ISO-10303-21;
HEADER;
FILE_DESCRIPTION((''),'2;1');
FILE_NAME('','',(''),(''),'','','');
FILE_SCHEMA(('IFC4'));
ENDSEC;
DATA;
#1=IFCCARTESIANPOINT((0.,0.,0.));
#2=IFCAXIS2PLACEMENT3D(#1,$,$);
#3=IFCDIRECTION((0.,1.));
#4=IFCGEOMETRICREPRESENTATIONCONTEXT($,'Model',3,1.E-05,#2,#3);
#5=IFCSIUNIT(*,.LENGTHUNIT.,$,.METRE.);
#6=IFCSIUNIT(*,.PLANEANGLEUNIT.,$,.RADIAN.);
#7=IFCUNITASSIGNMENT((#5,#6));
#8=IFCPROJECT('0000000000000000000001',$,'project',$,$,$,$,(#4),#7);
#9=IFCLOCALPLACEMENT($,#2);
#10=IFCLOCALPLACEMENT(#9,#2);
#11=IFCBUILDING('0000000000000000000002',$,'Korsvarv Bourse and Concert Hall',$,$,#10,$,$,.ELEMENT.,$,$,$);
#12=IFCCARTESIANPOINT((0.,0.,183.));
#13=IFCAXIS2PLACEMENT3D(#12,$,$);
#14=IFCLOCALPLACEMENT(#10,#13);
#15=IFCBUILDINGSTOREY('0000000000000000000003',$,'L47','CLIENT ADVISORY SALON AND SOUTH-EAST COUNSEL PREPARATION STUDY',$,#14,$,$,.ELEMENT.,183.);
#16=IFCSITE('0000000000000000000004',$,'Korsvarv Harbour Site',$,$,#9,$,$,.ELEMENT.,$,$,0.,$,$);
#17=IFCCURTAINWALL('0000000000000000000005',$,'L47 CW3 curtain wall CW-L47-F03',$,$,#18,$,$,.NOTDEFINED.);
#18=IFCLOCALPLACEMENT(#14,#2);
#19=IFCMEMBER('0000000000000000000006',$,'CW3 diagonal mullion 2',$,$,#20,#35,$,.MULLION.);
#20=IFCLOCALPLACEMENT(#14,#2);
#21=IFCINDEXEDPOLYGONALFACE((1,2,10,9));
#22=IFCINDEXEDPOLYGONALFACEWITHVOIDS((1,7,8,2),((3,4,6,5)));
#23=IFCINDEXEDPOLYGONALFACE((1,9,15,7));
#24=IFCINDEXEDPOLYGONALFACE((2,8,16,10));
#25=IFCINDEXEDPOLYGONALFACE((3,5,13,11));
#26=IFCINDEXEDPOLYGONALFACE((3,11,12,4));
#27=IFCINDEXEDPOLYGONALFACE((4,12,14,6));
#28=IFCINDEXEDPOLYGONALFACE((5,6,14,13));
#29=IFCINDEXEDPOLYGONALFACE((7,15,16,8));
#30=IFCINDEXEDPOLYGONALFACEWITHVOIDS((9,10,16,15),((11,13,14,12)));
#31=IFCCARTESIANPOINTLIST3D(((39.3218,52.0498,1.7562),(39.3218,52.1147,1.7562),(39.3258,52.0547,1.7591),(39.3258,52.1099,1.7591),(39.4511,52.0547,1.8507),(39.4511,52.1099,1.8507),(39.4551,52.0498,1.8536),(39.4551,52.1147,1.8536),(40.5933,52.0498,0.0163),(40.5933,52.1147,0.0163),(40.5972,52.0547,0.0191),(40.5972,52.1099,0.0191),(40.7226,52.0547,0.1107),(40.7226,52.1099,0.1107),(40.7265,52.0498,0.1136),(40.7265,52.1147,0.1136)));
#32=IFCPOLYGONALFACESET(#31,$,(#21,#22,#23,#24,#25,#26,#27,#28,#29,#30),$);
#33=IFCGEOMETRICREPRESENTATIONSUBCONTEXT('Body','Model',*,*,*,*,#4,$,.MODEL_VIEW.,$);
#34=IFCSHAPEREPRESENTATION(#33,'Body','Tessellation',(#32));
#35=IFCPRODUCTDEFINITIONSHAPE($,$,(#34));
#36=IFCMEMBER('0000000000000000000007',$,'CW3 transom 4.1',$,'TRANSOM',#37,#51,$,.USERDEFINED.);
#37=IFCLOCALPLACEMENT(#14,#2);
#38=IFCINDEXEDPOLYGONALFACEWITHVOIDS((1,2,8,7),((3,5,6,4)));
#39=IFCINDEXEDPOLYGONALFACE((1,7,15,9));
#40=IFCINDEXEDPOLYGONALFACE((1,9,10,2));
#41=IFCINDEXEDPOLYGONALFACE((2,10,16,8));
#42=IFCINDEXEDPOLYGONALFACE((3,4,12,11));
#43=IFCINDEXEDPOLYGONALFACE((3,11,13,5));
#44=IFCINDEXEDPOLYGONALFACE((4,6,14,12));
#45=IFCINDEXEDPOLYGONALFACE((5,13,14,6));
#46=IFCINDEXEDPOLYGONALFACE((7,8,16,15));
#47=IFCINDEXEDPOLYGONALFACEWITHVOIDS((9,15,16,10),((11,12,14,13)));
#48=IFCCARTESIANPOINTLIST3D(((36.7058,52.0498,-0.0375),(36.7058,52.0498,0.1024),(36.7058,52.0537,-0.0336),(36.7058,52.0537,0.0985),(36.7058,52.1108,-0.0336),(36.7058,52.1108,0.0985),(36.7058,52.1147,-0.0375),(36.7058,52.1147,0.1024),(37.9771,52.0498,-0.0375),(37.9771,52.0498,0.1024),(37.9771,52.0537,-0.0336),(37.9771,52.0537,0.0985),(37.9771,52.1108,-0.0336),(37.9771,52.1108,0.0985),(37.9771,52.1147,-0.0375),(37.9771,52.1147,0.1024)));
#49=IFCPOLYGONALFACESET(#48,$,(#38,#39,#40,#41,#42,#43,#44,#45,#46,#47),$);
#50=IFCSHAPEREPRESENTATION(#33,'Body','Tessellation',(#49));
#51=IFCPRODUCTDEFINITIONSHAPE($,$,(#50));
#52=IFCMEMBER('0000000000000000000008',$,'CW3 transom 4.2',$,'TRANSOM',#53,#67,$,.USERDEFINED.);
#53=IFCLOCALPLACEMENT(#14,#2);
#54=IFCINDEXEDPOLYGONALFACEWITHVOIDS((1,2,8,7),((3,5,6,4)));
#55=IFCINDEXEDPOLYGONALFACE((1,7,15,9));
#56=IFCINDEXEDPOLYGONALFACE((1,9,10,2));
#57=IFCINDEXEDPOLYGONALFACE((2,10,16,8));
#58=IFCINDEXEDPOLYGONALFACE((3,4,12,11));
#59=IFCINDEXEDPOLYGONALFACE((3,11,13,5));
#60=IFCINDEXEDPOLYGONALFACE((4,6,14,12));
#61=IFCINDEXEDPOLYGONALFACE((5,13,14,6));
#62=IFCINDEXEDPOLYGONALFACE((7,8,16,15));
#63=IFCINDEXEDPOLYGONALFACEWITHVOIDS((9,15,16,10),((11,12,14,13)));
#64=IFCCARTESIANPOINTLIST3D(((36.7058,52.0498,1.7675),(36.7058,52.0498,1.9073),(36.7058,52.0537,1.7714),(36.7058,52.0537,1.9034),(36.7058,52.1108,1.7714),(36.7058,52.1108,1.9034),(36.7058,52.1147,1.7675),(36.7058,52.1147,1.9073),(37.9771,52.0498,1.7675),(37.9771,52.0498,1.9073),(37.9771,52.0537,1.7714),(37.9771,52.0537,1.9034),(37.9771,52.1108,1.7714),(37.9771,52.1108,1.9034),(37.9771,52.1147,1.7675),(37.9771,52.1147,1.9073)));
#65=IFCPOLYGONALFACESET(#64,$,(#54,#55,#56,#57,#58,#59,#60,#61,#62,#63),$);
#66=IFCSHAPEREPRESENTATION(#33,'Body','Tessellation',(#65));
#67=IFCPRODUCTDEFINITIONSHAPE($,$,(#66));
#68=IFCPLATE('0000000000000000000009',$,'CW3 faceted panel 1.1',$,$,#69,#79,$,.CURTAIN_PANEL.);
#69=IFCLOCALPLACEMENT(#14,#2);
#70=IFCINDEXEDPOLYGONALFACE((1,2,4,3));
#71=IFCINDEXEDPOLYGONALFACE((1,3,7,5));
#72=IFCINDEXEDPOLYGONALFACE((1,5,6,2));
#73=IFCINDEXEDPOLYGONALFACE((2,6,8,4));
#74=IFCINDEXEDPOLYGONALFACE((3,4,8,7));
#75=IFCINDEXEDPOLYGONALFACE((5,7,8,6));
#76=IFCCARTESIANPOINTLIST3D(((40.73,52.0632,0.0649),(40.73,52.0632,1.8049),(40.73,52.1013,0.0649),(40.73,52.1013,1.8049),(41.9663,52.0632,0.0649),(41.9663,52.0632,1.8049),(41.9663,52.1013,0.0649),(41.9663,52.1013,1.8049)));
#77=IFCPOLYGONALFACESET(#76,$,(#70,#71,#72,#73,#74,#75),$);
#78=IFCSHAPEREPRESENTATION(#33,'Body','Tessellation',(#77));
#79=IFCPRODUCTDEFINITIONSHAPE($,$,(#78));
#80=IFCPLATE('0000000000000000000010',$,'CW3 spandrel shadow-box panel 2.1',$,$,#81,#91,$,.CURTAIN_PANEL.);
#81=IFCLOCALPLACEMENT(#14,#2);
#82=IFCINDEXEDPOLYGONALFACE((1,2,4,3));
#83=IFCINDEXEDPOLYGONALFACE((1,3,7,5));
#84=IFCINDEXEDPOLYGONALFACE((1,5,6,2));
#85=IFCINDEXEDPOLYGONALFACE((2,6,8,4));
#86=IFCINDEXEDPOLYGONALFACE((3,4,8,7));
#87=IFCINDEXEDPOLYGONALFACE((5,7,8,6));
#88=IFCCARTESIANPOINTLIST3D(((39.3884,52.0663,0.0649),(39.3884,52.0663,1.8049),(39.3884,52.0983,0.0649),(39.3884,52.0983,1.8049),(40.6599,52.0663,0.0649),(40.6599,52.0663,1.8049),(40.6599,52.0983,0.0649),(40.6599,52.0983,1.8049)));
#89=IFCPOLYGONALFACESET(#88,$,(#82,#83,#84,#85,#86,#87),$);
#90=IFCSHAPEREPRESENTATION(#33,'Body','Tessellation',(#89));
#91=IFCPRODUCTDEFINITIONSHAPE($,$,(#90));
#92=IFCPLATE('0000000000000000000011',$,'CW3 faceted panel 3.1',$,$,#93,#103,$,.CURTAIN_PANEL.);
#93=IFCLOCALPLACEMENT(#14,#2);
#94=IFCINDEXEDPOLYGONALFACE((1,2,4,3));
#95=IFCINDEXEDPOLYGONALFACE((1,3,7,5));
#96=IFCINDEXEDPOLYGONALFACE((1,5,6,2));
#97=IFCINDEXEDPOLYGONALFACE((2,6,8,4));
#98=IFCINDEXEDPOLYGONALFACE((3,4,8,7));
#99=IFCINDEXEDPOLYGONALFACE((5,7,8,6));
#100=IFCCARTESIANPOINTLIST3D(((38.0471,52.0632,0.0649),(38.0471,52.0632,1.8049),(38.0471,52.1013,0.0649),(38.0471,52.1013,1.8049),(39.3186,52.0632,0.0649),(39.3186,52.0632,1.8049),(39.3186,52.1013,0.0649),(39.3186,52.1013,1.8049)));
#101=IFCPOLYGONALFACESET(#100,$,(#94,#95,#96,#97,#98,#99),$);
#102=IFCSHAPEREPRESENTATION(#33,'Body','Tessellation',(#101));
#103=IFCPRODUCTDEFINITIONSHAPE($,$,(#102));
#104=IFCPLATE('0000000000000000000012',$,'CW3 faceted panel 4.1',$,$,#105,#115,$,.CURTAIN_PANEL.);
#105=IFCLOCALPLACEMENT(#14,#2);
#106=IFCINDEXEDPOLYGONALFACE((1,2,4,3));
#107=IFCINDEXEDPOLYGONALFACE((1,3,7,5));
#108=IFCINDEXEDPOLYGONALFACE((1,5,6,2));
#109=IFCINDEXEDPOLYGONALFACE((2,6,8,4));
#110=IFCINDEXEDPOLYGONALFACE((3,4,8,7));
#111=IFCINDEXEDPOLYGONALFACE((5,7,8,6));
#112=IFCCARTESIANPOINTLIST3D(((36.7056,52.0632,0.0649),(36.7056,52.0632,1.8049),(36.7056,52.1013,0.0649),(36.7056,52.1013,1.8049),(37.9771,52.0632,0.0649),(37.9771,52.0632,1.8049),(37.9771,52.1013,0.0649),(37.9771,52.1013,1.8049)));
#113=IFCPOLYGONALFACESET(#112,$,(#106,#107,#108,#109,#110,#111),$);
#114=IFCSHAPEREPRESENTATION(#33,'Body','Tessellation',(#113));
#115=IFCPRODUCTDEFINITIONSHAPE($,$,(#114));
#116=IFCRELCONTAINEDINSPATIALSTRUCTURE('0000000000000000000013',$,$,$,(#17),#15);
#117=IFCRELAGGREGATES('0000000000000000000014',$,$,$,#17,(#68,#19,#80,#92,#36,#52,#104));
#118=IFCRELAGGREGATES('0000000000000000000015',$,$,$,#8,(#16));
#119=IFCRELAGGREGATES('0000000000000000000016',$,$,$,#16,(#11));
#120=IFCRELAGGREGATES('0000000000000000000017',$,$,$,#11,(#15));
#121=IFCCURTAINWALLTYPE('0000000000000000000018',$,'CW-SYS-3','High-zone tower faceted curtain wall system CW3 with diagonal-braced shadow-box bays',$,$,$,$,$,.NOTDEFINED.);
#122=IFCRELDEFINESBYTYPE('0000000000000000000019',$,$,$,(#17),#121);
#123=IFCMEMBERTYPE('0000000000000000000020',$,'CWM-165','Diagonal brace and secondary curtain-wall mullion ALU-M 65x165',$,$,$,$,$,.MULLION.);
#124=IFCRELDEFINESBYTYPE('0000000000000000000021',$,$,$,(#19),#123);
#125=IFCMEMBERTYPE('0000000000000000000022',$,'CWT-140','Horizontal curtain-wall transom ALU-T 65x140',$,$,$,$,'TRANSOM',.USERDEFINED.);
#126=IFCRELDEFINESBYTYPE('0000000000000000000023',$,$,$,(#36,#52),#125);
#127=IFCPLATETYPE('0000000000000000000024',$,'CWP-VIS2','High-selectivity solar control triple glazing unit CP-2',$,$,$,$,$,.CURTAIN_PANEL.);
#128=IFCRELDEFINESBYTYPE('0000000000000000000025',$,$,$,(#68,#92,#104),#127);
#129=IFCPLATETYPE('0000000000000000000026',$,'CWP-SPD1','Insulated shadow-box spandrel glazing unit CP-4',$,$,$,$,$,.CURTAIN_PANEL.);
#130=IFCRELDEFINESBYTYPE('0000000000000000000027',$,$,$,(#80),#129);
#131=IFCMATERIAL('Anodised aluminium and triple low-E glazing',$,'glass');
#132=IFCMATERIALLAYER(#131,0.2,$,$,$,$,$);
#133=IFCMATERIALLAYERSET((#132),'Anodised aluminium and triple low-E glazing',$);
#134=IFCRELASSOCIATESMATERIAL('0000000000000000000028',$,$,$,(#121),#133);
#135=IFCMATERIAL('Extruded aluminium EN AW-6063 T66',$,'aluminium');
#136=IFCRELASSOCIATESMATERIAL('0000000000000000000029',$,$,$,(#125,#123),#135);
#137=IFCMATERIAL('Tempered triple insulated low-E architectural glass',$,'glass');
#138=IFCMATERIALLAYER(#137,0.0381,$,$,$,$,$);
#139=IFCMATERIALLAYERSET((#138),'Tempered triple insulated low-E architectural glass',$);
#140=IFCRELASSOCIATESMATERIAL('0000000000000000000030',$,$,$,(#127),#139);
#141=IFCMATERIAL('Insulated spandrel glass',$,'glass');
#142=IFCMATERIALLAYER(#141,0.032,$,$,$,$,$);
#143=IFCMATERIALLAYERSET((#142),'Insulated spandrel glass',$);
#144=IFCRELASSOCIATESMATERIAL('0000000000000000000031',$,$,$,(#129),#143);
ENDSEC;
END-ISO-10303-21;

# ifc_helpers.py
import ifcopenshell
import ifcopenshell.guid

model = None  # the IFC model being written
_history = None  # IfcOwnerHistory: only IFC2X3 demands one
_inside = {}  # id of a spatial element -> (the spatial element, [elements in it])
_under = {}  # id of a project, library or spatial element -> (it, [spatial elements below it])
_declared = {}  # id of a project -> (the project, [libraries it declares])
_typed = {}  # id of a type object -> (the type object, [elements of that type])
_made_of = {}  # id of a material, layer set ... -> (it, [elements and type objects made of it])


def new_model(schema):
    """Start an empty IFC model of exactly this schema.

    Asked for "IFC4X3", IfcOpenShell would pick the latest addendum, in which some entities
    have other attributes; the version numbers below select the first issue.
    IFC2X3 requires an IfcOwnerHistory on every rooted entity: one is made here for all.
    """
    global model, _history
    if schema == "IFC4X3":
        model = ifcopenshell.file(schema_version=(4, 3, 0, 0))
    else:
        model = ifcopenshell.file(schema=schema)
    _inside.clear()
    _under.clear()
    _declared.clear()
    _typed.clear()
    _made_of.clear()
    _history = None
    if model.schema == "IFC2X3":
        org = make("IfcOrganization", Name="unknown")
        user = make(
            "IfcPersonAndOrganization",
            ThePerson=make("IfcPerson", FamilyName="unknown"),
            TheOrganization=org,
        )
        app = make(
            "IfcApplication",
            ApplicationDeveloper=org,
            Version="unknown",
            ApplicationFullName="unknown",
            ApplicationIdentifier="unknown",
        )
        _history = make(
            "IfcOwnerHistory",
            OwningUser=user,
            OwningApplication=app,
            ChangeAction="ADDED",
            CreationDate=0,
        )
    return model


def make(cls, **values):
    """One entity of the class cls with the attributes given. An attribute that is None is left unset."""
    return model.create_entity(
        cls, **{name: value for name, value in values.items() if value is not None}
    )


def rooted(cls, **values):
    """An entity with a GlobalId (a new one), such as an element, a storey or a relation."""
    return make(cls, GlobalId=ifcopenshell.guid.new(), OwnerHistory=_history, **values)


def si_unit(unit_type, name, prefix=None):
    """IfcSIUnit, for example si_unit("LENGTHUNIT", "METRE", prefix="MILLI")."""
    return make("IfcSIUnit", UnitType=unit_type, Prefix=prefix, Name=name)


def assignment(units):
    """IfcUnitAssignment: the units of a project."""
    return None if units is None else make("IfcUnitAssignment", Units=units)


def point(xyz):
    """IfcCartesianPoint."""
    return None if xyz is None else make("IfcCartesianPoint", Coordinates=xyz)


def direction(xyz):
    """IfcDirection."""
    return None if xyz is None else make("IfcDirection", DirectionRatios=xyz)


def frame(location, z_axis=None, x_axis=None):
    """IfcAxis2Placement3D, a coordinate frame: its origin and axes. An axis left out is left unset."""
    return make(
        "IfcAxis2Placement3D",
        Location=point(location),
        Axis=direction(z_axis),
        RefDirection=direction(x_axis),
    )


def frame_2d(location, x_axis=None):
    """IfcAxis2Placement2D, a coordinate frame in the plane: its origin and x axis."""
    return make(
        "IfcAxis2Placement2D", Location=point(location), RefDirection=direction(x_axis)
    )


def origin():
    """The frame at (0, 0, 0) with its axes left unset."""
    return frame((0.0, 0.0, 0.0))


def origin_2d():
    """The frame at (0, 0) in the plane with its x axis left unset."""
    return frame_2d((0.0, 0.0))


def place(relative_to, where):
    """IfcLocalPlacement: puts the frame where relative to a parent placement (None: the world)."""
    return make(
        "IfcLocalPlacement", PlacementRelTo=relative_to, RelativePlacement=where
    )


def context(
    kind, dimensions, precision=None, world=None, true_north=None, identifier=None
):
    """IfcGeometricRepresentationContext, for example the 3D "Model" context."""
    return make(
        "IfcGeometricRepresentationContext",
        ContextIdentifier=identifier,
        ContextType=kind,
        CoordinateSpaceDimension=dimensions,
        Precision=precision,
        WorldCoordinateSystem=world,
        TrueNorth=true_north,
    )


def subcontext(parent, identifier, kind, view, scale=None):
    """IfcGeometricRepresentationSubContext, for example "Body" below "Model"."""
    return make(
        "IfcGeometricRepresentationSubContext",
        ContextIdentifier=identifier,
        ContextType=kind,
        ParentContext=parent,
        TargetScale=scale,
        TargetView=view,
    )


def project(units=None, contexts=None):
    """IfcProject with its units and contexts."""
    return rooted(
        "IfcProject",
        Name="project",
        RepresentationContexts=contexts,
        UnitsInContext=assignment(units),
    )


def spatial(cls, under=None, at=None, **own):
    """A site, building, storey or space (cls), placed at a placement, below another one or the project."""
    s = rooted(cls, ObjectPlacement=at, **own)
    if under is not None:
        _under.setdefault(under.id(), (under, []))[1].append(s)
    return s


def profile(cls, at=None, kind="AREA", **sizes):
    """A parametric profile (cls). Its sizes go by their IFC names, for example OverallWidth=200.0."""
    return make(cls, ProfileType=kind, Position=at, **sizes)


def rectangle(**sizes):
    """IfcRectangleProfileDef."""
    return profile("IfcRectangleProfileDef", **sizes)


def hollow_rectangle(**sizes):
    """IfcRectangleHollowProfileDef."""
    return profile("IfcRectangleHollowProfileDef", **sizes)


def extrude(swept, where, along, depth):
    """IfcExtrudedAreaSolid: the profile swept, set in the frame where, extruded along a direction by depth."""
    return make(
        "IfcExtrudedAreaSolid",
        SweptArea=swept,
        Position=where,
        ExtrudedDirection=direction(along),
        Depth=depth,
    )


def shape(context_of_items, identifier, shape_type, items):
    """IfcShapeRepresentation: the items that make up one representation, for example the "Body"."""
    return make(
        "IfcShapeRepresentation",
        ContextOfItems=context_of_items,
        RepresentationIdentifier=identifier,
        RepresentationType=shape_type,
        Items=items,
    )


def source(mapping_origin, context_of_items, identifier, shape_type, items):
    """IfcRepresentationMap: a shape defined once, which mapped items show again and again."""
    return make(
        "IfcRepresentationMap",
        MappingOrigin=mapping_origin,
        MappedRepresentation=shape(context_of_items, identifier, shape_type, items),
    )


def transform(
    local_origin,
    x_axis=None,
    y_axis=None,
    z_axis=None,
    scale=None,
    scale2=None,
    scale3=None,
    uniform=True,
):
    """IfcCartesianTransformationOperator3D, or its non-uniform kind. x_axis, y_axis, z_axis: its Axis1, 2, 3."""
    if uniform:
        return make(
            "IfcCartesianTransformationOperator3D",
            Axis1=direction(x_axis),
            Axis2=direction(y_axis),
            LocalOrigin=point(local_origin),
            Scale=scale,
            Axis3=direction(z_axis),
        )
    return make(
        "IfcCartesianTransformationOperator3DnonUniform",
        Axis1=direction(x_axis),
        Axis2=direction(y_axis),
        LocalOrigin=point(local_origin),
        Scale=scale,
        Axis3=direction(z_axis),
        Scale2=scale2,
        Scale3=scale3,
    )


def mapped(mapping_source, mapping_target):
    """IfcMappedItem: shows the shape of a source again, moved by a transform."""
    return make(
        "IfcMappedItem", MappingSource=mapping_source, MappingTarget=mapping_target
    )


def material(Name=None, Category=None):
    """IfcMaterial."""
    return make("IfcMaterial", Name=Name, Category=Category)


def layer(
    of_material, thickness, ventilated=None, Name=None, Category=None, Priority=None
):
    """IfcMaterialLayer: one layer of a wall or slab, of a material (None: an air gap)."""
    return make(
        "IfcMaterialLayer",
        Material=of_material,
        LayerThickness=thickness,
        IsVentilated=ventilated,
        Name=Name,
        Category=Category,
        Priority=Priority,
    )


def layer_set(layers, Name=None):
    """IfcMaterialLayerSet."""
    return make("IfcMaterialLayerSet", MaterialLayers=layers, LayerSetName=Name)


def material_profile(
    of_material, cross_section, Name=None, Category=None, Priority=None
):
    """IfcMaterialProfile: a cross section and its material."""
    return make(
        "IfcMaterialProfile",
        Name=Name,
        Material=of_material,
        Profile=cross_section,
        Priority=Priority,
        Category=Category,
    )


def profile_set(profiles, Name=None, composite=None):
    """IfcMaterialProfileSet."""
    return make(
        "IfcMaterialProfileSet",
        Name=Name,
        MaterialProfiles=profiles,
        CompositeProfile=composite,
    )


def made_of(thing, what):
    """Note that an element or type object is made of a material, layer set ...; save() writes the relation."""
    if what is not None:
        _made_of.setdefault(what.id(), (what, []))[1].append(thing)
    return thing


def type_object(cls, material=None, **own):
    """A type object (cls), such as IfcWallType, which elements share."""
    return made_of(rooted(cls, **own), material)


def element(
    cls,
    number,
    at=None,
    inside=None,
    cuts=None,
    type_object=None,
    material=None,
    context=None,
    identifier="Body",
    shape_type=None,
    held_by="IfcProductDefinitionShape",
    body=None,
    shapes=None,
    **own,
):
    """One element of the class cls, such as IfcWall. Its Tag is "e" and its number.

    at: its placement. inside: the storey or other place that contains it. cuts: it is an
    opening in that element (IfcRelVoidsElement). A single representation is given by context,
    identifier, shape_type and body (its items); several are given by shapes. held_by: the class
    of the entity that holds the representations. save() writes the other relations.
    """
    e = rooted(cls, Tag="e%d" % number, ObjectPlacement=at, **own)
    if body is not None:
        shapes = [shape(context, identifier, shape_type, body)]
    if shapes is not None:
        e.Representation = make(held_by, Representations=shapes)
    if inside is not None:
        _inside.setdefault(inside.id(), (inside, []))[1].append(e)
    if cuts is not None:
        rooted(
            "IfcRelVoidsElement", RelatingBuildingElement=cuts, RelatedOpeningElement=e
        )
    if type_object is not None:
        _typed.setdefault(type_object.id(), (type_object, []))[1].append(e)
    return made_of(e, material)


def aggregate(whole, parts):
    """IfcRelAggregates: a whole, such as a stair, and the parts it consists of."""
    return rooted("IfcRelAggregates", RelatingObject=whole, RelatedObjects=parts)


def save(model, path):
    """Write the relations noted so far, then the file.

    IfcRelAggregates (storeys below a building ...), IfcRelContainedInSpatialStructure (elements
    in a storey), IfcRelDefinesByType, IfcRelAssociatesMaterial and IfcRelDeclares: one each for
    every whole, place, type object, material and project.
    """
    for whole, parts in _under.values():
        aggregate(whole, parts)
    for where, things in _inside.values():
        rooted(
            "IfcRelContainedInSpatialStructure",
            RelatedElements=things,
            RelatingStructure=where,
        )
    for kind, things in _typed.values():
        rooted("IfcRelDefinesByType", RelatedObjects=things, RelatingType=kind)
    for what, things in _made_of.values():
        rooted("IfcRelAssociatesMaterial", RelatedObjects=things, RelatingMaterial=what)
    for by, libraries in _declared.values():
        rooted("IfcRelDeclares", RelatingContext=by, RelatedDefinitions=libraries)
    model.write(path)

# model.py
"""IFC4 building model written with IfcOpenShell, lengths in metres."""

from ifc_helpers import new_model, si_unit, direction, frame, origin, origin_2d, place, context, subcontext, project, spatial, rectangle, hollow_rectangle, extrude, source, transform, mapped, material, layer, layer_set, material_profile, profile_set, type_object, element, aggregate, save


model = new_model("IFC4")

# Units and contexts
model_context = context("Model", 3, precision=1e-05, world=origin(), true_north=direction((0.0, 1.0)))
body_context = subcontext(model_context, "Body", "Model", "MODEL_VIEW")
ifc_project = project(units=[si_unit("LENGTHUNIT", "METRE"), si_unit("PLANEANGLEUNIT", "RADIAN")], contexts=[model_context])

# Site, building, storey
site_placement = place(None, origin())
site = spatial("IfcSite", under=ifc_project, at=site_placement, Name="Korsvarv Harbour Site", CompositionType="ELEMENT", RefElevation=0.0)
building_placement = place(site_placement, origin())
building = spatial("IfcBuilding", under=site, at=building_placement, Name="Korsvarv Bourse and Concert Hall", CompositionType="ELEMENT")
storey_placement = place(building_placement, frame((0.0, 0.0, 183.0)))
storey = spatial("IfcBuildingStorey", under=building, at=storey_placement, Name="L47", Description="CLIENT ADVISORY SALON AND SOUTH-EAST COUNSEL PREPARATION STUDY", CompositionType="ELEMENT", Elevation=183.0)

# Curtain wall, members, plates
ifc_material_1 = material(Name="Anodised aluminium and triple low-E glazing", Category="glass")
ifc_layer_1 = layer(ifc_material_1, 0.2)
ifc_layer_set_1 = layer_set([ifc_layer_1], Name="Anodised aluminium and triple low-E glazing")
curtain_wall_type = type_object("IfcCurtainWallType", Name="CW-SYS-3", Description="High-zone tower faceted curtain wall system CW3 with diagonal-braced shadow-box bays", PredefinedType="NOTDEFINED", material=ifc_layer_set_1)
curtain_wall_placement = place(storey_placement, origin())
curtain_wall = element("IfcCurtainWall", 1, at=curtain_wall_placement, inside=storey, type_object=curtain_wall_type, Name="L47 CW3 curtain wall CW-L47-F03", PredefinedType="NOTDEFINED")
ifc_material_2 = material(Name="Extruded aluminium EN AW-6063 T66", Category="aluminium")
ifc_material_profile_1 = material_profile(ifc_material_2, hollow_rectangle(XDim=0.0649, YDim=0.1399, WallThickness=0.0039, at=origin_2d()), Name="ALU-T 65x140")
ifc_profile_set_1 = profile_set([ifc_material_profile_1], Name="Extruded aluminium EN AW-6063 T66")
member_type_1 = type_object("IfcMemberType", Name="CWT-140", Description="Horizontal curtain-wall transom ALU-T 65x140", ElementType="TRANSOM", PredefinedType="USERDEFINED", material=ifc_profile_set_1)
ifc_material_profile_2 = material_profile(ifc_material_2, hollow_rectangle(XDim=0.0649, YDim=0.165, WallThickness=0.0049, at=origin_2d()), Name="ALU-M 65x165")
ifc_profile_set_2 = profile_set([ifc_material_profile_2], Name="Extruded aluminium EN AW-6063 T66")
member_type_2 = type_object("IfcMemberType", Name="CWM-165", Description="Diagonal brace and secondary curtain-wall mullion ALU-M 65x165", PredefinedType="MULLION", material=ifc_profile_set_2)
shared_shape_1 = source(origin(), body_context, "Body", "SweptSolid", [
    extrude(hollow_rectangle(XDim=0.0649, YDim=0.165, WallThickness=0.0049, at=origin_2d()), origin(), (0.0, 0.0, 1.0), 2.155),
])
member_1_placement = place(storey_placement, frame((40.6599, 52.0823, 0.0649), z_axis=(-0.590002, 0.0, 0.807402), x_axis=(0.0, -1.0, 0.0)))
member_1 = element("IfcMember", 2, at=member_1_placement, type_object=member_type_2, Name="CW3 diagonal mullion 2", PredefinedType="MULLION", context=body_context, shape_type="MappedRepresentation", body=[
    mapped(shared_shape_1, transform((0.0, 0.0, 0.0), scale=1.0)),
])
shared_shape_2 = source(origin(), body_context, "Body", "SweptSolid", [
    extrude(hollow_rectangle(XDim=0.0649, YDim=0.1399, WallThickness=0.0039, at=origin_2d()), origin(), (0.0, 0.0, 1.0), 1.2712),
])
member_2_placement = place(storey_placement, frame((37.9771, 52.0823, 0.0325), z_axis=(-1.0, 0.0, 0.0), x_axis=(0.0, -1.0, 0.0)))
member_2 = element("IfcMember", 3, at=member_2_placement, type_object=member_type_1, Name="CW3 transom 4.1", ObjectType="TRANSOM", PredefinedType="USERDEFINED", context=body_context, shape_type="MappedRepresentation", body=[
    mapped(shared_shape_2, transform((0.0, 0.0, 0.0), scale=1.0)),
])
member_3_placement = place(storey_placement, frame((37.9771, 52.0823, 1.8374), z_axis=(-1.0, 0.0, 0.0), x_axis=(0.0, -1.0, 0.0)))
member_3 = element("IfcMember", 4, at=member_3_placement, type_object=member_type_1, Name="CW3 transom 4.2", ObjectType="TRANSOM", PredefinedType="USERDEFINED", context=body_context, shape_type="MappedRepresentation", body=[
    mapped(shared_shape_2, transform((0.0, 0.0, 0.0), scale=1.0)),
])
ifc_material_3 = material(Name="Tempered triple insulated low-E architectural glass", Category="glass")
ifc_layer_2 = layer(ifc_material_3, 0.0381)
ifc_layer_set_2 = layer_set([ifc_layer_2], Name="Tempered triple insulated low-E architectural glass")
plate_type_1 = type_object("IfcPlateType", Name="CWP-VIS2", Description="High-selectivity solar control triple glazing unit CP-2", PredefinedType="CURTAIN_PANEL", material=ifc_layer_set_2)
shared_shape_3 = source(origin(), body_context, "Body", "SweptSolid", [
    extrude(rectangle(XDim=1.2363, YDim=0.0381, at=origin_2d()), origin(), (0.0, 0.0, 1.0), 1.74),
])
plate_1_placement = place(storey_placement, frame((41.3481, 52.0823, 0.0649), z_axis=(0.0, 0.0, 1.0), x_axis=(-1.0, 0.0, 0.0)))
plate_1 = element("IfcPlate", 5, at=plate_1_placement, type_object=plate_type_1, Name="CW3 faceted panel 1.1", PredefinedType="CURTAIN_PANEL", context=body_context, shape_type="MappedRepresentation", body=[
    mapped(shared_shape_3, transform((0.0, 0.0, 0.0), scale=1.0)),
])
ifc_material_4 = material(Name="Insulated spandrel glass", Category="glass")
ifc_layer_3 = layer(ifc_material_4, 0.032)
ifc_layer_set_3 = layer_set([ifc_layer_3], Name="Insulated spandrel glass")
plate_type_2 = type_object("IfcPlateType", Name="CWP-SPD1", Description="Insulated shadow-box spandrel glazing unit CP-4", PredefinedType="CURTAIN_PANEL", material=ifc_layer_set_3)
shared_shape_4 = source(origin(), body_context, "Body", "SweptSolid", [
    extrude(rectangle(XDim=1.2715, YDim=0.032, at=origin_2d()), origin(), (0.0, 0.0, 1.0), 1.74),
])
plate_2_placement = place(storey_placement, frame((40.0242, 52.0823, 0.0649), z_axis=(0.0, 0.0, 1.0), x_axis=(-1.0, 0.0, 0.0)))
plate_2 = element("IfcPlate", 6, at=plate_2_placement, type_object=plate_type_2, Name="CW3 spandrel shadow-box panel 2.1", PredefinedType="CURTAIN_PANEL", context=body_context, shape_type="MappedRepresentation", body=[
    mapped(shared_shape_4, transform((0.0, 0.0, 0.0), scale=1.0)),
])
shared_shape_5 = source(origin(), body_context, "Body", "SweptSolid", [
    extrude(rectangle(XDim=1.2715, YDim=0.0381, at=origin_2d()), origin(), (0.0, 0.0, 1.0), 1.74),
])
plate_3_placement = place(storey_placement, frame((38.6829, 52.0823, 0.0649), z_axis=(0.0, 0.0, 1.0), x_axis=(-1.0, 0.0, 0.0)))
plate_3 = element("IfcPlate", 7, at=plate_3_placement, type_object=plate_type_1, Name="CW3 faceted panel 3.1", PredefinedType="CURTAIN_PANEL", context=body_context, shape_type="MappedRepresentation", body=[
    mapped(shared_shape_5, transform((0.0, 0.0, 0.0), scale=1.0)),
])
plate_4_placement = place(storey_placement, frame((37.3413, 52.0823, 0.0649), z_axis=(0.0, 0.0, 1.0), x_axis=(-1.0, 0.0, 0.0)))
plate_4 = element("IfcPlate", 8, at=plate_4_placement, type_object=plate_type_1, Name="CW3 faceted panel 4.1", PredefinedType="CURTAIN_PANEL", context=body_context, shape_type="MappedRepresentation", body=[
    mapped(shared_shape_5, transform((0.0, 0.0, 0.0), scale=1.0)),
])
aggregate(curtain_wall, [plate_1, member_1, plate_2, plate_3, member_2, member_3, plate_4])

save(model, "model.ifc")
